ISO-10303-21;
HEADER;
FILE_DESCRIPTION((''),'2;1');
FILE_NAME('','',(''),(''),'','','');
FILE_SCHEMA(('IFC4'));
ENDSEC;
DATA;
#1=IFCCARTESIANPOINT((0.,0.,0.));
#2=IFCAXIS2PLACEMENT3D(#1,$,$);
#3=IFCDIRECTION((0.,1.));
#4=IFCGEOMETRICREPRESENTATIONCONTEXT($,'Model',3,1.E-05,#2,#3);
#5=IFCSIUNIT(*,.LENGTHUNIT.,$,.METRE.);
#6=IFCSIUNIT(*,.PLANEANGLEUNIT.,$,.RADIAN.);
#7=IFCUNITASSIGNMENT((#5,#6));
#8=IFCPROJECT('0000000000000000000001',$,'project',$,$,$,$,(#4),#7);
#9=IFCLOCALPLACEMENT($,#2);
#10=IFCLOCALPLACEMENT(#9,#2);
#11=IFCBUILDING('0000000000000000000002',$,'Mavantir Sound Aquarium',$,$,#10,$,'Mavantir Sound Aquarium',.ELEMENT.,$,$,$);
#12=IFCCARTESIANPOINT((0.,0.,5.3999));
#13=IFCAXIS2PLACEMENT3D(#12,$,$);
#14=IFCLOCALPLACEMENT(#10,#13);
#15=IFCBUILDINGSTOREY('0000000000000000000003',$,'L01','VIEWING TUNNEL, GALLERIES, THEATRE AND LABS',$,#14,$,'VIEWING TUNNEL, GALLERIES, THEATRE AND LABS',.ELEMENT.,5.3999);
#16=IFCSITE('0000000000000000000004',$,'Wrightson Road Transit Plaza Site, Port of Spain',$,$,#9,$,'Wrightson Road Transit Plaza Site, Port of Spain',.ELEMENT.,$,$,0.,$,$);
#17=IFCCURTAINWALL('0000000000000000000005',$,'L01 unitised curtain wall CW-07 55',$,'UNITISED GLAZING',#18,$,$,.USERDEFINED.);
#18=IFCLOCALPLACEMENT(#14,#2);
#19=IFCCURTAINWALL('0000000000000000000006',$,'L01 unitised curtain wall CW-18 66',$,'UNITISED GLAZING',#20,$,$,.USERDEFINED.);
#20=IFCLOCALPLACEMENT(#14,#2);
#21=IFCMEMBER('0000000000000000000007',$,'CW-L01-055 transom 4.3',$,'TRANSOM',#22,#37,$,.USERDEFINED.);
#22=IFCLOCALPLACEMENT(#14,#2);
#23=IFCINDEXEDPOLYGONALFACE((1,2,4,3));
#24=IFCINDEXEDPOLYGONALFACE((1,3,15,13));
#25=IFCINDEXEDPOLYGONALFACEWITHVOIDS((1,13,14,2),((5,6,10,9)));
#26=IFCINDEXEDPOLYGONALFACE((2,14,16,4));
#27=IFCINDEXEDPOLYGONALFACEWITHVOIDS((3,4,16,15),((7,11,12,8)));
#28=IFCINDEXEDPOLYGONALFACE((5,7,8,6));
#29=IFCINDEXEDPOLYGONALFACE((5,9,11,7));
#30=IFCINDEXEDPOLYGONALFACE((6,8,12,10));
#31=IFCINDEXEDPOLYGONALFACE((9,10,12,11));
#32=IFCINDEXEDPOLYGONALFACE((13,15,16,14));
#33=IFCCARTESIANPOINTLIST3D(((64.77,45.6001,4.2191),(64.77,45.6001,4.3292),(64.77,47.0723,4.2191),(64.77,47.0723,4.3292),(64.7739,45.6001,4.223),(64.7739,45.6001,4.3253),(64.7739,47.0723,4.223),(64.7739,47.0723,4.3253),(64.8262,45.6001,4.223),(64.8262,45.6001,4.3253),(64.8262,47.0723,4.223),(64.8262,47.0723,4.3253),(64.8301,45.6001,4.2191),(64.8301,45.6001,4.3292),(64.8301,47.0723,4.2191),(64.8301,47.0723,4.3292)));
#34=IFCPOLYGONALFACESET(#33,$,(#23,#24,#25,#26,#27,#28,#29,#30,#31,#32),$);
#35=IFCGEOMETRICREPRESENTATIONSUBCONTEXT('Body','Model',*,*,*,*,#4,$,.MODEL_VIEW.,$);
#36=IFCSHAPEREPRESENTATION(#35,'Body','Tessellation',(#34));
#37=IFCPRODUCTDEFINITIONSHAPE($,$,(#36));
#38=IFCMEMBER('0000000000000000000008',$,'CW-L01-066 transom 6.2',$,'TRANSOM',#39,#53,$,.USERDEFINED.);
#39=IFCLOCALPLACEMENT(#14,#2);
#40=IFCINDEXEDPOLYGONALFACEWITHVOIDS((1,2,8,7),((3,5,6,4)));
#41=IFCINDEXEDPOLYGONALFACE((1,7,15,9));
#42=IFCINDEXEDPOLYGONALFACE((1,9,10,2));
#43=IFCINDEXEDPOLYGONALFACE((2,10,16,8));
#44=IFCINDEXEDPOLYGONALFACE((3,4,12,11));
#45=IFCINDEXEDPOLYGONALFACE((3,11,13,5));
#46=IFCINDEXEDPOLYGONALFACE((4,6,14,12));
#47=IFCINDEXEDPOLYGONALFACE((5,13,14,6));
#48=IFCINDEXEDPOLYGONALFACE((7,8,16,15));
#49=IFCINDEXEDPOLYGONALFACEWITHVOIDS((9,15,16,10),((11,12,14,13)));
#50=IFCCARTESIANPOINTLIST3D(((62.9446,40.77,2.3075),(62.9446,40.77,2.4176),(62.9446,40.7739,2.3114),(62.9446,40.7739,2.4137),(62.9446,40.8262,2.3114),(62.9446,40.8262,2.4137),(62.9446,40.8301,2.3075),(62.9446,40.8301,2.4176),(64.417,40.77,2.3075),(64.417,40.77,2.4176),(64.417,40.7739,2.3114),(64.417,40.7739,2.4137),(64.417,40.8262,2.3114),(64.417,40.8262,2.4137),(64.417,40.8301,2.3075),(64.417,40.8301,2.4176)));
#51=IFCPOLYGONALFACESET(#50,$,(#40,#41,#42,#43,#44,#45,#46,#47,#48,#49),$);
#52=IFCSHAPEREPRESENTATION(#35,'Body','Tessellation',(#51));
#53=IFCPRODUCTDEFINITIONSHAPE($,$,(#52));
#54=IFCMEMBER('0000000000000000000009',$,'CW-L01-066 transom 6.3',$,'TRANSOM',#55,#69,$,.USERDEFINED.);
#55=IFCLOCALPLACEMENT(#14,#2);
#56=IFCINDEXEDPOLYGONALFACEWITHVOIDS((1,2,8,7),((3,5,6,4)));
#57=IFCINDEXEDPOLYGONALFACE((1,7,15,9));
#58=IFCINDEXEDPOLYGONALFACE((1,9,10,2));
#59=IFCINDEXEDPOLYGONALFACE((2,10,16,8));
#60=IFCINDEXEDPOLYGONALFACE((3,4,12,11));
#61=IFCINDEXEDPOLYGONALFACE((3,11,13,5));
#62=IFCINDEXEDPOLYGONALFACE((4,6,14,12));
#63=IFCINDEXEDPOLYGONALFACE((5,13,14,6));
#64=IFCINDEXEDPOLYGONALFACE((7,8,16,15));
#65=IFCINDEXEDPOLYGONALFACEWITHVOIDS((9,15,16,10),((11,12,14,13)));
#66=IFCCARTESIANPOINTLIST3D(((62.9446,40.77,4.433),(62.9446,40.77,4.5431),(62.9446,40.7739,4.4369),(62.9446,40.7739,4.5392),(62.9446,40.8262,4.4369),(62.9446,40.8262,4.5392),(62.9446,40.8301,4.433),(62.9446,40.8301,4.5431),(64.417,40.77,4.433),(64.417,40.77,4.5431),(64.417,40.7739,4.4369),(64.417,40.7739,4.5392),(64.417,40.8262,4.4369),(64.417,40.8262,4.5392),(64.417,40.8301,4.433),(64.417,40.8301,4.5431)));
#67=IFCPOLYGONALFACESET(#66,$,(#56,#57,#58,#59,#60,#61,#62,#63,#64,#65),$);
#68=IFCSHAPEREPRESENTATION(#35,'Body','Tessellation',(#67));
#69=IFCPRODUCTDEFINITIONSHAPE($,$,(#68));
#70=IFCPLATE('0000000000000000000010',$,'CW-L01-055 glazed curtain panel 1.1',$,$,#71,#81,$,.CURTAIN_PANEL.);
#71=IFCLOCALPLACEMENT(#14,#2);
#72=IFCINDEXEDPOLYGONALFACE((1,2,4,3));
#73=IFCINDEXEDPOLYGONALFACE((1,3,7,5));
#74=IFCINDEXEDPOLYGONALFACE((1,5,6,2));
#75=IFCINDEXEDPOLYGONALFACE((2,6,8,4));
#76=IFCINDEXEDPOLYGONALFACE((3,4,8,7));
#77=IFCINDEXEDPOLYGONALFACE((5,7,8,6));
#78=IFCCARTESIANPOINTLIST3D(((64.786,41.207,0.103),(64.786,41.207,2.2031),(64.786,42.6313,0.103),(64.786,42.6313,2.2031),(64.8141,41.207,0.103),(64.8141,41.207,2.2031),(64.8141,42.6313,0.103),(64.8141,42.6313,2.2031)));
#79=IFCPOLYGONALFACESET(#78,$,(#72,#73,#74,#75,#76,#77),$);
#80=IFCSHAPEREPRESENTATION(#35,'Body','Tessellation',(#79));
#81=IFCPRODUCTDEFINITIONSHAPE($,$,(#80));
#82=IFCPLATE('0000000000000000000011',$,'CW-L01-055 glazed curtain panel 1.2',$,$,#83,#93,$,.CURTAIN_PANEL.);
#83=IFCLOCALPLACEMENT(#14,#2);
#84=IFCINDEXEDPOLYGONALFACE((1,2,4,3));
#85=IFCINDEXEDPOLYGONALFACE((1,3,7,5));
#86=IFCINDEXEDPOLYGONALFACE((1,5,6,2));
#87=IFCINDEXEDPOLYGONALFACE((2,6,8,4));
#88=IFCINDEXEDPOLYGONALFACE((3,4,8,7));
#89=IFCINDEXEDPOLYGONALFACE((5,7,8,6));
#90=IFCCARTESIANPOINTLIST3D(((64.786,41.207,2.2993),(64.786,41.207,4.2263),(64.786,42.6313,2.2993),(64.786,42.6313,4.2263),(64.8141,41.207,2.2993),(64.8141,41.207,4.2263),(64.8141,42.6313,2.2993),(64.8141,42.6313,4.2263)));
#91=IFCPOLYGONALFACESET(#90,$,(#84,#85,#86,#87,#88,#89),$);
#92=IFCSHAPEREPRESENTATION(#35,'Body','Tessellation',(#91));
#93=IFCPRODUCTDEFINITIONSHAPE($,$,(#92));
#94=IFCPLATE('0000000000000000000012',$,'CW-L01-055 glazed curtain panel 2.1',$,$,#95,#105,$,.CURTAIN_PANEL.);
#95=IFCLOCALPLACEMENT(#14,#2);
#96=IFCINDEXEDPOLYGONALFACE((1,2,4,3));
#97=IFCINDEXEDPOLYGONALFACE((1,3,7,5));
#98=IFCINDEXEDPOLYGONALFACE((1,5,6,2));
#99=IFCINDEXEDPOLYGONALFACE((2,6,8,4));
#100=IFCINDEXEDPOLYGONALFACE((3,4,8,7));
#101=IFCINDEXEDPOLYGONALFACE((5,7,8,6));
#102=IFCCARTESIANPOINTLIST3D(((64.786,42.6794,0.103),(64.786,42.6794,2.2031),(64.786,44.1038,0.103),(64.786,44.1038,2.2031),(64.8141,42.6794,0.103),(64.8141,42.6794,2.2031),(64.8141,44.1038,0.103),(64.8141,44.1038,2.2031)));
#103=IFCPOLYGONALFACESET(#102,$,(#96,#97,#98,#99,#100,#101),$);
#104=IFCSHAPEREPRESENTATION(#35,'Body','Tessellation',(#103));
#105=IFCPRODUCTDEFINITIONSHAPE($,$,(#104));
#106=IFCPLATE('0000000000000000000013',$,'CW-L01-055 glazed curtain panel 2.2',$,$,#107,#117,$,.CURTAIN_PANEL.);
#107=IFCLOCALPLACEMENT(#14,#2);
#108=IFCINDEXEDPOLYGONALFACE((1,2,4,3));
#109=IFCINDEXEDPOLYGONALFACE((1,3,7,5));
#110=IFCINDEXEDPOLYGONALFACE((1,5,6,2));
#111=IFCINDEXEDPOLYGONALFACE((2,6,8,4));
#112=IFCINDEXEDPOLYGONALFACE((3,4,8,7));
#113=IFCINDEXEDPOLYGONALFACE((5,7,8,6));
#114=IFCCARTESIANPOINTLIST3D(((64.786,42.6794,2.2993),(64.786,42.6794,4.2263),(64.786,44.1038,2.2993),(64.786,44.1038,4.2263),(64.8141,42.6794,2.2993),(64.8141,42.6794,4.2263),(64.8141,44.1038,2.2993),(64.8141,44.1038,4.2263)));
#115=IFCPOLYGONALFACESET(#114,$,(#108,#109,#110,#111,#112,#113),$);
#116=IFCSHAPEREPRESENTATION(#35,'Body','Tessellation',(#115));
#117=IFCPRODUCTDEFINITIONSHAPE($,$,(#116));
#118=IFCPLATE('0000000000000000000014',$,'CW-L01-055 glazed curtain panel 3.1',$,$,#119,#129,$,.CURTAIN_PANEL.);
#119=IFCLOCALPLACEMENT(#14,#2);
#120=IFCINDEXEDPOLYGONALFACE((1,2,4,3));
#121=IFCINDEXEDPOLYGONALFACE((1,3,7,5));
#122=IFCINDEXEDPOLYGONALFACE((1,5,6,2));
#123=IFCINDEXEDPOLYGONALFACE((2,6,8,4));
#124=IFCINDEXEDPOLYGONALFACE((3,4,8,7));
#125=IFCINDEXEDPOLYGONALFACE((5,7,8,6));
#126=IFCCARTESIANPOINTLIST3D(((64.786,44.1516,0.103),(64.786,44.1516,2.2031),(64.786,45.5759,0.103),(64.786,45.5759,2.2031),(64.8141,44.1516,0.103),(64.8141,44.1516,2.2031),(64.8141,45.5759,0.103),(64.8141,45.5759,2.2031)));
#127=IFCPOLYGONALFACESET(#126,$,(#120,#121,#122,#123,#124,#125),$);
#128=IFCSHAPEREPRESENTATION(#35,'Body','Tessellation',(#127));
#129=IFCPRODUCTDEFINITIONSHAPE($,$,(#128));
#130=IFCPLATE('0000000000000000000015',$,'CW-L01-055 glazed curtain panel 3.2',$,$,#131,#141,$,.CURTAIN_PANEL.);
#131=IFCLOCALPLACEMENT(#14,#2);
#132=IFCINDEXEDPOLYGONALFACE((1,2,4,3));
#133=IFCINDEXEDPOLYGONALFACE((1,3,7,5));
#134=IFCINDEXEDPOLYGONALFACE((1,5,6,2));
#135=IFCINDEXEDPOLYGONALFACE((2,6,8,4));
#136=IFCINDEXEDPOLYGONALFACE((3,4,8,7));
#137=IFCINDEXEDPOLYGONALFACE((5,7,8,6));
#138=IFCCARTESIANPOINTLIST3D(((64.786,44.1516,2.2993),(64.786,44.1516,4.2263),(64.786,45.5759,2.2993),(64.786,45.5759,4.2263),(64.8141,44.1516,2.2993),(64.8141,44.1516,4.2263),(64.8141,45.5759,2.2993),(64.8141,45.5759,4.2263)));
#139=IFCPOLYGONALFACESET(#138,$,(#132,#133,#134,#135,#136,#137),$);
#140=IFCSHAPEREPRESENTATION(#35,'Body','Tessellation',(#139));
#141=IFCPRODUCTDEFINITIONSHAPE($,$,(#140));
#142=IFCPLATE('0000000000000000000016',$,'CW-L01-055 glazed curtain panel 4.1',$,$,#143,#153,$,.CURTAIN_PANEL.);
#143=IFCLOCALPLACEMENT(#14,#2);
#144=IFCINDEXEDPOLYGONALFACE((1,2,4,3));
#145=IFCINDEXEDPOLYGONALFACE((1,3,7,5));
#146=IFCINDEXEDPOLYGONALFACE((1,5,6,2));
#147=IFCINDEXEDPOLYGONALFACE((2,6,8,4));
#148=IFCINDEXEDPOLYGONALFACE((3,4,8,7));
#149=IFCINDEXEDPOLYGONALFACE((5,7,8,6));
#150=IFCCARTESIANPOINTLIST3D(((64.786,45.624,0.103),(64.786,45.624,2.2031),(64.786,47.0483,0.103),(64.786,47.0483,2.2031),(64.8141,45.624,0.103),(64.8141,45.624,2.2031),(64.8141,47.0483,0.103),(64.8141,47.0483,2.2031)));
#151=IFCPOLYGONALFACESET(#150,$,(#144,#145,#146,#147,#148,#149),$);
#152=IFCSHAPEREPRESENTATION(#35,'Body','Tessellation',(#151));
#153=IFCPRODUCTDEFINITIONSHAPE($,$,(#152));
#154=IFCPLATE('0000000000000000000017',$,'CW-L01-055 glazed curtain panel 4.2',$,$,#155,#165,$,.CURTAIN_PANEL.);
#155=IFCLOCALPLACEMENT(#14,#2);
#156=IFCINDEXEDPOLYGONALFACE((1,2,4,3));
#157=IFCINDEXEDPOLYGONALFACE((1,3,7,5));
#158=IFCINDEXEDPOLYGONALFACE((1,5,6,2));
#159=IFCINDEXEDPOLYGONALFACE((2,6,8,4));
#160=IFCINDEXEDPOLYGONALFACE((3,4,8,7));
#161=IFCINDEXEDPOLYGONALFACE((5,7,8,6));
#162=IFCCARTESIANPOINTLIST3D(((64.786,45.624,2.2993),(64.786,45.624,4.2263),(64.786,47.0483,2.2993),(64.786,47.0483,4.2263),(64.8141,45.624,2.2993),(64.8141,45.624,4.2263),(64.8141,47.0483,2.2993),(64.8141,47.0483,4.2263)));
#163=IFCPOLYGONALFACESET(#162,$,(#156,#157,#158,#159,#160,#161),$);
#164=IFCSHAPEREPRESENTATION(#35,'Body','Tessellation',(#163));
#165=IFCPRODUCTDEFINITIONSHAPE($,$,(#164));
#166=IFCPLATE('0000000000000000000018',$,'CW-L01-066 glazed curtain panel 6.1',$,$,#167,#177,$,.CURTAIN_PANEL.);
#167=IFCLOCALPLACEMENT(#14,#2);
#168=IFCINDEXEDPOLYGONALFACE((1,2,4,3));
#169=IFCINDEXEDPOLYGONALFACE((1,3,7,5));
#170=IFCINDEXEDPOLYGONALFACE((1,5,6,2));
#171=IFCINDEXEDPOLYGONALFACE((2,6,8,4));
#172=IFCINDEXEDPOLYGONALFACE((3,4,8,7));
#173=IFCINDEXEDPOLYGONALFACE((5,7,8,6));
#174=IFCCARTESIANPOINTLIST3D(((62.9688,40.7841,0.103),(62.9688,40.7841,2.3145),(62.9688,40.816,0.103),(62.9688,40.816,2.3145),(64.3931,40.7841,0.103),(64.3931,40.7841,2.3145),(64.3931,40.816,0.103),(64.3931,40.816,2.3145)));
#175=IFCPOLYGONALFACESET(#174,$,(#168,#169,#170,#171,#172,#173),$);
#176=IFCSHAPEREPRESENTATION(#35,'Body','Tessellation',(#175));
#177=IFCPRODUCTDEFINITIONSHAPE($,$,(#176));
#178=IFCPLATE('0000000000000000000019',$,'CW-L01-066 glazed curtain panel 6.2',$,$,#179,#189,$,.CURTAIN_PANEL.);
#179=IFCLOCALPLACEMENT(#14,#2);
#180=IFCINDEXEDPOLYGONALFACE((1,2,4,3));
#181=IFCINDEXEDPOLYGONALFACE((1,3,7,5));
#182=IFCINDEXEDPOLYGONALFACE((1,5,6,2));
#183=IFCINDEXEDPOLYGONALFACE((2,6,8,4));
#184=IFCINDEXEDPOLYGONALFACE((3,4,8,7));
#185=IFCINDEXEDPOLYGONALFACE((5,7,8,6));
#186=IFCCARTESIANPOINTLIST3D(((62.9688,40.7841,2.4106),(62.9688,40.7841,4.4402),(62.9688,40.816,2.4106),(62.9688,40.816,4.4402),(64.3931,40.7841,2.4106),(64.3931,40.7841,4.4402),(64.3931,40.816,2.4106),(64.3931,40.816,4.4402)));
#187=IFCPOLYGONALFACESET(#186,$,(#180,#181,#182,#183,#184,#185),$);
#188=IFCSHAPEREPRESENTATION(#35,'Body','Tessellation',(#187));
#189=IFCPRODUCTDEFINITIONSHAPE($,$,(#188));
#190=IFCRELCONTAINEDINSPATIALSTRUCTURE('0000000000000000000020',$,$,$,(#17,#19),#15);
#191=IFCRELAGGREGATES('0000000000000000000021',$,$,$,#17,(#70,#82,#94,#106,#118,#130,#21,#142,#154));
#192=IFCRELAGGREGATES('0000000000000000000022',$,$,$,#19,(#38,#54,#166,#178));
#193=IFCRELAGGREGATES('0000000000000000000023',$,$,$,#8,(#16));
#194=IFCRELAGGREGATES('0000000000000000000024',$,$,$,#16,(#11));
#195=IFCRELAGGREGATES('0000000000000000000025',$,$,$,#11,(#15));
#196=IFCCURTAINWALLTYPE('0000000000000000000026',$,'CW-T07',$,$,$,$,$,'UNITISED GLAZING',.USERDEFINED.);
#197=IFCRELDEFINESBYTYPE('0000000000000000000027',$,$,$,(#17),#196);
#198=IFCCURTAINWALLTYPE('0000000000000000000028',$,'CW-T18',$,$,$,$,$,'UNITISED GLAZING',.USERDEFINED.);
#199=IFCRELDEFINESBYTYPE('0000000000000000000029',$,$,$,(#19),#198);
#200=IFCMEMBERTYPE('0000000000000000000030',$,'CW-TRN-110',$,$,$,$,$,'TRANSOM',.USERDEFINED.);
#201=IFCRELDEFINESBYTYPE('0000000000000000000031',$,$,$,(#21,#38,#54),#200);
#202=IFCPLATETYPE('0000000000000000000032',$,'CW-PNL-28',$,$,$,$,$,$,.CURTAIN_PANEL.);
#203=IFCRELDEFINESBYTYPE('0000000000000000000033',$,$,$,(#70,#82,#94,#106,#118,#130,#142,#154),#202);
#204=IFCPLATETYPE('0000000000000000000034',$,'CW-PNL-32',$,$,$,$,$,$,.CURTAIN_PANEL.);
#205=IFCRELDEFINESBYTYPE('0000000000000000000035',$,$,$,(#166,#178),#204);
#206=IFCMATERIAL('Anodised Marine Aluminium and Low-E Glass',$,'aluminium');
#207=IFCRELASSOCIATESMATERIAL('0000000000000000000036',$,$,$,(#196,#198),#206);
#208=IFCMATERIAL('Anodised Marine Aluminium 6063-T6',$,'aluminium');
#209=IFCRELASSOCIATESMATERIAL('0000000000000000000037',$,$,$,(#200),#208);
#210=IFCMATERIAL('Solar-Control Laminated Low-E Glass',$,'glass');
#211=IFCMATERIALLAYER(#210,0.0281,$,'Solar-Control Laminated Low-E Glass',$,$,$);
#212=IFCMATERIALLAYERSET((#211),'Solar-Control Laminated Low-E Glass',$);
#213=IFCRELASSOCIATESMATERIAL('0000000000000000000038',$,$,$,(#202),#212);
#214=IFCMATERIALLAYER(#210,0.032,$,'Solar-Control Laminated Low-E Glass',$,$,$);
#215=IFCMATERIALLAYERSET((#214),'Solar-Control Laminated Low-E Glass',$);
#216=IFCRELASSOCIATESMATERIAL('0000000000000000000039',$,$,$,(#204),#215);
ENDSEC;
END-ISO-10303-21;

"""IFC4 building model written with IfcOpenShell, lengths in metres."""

from ifc_helpers import new_model, si_unit, direction, frame, origin, origin_2d, place, context, subcontext, project, spatial, rectangle, hollow_rectangle, extrude, material, layer, layer_set, material_profile, profile_set, type_object, element, aggregate, save


model = new_model("IFC4")

# Units and contexts
model_context = context("Model", 3, precision=1e-05, world=origin(), true_north=direction((0.0, 1.0)))
body_context = subcontext(model_context, "Body", "Model", "MODEL_VIEW")
ifc_project = project(units=[si_unit("LENGTHUNIT", "METRE"), si_unit("PLANEANGLEUNIT", "RADIAN")], contexts=[model_context])

# Site, building, storey
site_placement = place(None, origin())
site = spatial("IfcSite", under=ifc_project, at=site_placement, Name="Wrightson Road Transit Plaza Site, Port of Spain", LongName="Wrightson Road Transit Plaza Site, Port of Spain", CompositionType="ELEMENT", RefElevation=0.0)
building_placement = place(site_placement, origin())
building = spatial("IfcBuilding", under=site, at=building_placement, Name="Mavantir Sound Aquarium", LongName="Mavantir Sound Aquarium", CompositionType="ELEMENT")
storey_placement = place(building_placement, frame((0.0, 0.0, 5.3999)))
storey = spatial("IfcBuildingStorey", under=building, at=storey_placement, Name="L01", Description="VIEWING TUNNEL, GALLERIES, THEATRE AND LABS", LongName="VIEWING TUNNEL, GALLERIES, THEATRE AND LABS", CompositionType="ELEMENT", Elevation=5.3999)

# Curtain wall
ifc_material_1 = material(Name="Anodised Marine Aluminium and Low-E Glass", Category="aluminium")
curtain_wall_type_1 = type_object("IfcCurtainWallType", Name="CW-T07", ElementType="UNITISED GLAZING", PredefinedType="USERDEFINED", material=ifc_material_1)
curtain_wall_1_placement = place(storey_placement, origin())
curtain_wall_1 = element("IfcCurtainWall", 1, at=curtain_wall_1_placement, inside=storey, type_object=curtain_wall_type_1, Name="L01 unitised curtain wall CW-07 55", ObjectType="UNITISED GLAZING", PredefinedType="USERDEFINED")
ifc_material_2 = material(Name="Anodised Marine Aluminium 6063-T6", Category="aluminium")

# Curtain wall
curtain_wall_type_2 = type_object("IfcCurtainWallType", Name="CW-T18", ElementType="UNITISED GLAZING", PredefinedType="USERDEFINED", material=ifc_material_1)
curtain_wall_2_placement = place(storey_placement, origin())
curtain_wall_2 = element("IfcCurtainWall", 2, at=curtain_wall_2_placement, inside=storey, type_object=curtain_wall_type_2, Name="L01 unitised curtain wall CW-18 66", ObjectType="UNITISED GLAZING", PredefinedType="USERDEFINED")

# Members
ifc_material_profile_1 = material_profile(ifc_material_2, hollow_rectangle(XDim=0.0601, YDim=0.1101, WallThickness=0.0039, at=origin_2d()), Name="ALU-TRANSOM-110X60")
ifc_profile_set_1 = profile_set([ifc_material_profile_1], Name="Anodised Marine Aluminium 6063-T6")
member_type_1 = type_object("IfcMemberType", Name="CW-TRN-110", ElementType="TRANSOM", PredefinedType="USERDEFINED", material=ifc_profile_set_1)
member_1_placement = place(storey_placement, frame((64.8, 45.6001, 4.2742), z_axis=(0.0, 1.0, 0.0), x_axis=(-1.0, 0.0, 0.0)))
member_1 = element("IfcMember", 3, at=member_1_placement, type_object=member_type_1, Name="CW-L01-055 transom 4.3", ObjectType="TRANSOM", PredefinedType="USERDEFINED", context=body_context, shape_type="SweptSolid", body=[
    extrude(hollow_rectangle(XDim=0.0601, YDim=0.1101, WallThickness=0.0039, at=origin_2d()), origin(), (0.0, 0.0, 1.0), 1.4722),
])
member_2_placement = place(storey_placement, frame((62.9446, 40.8, 2.3625), z_axis=(1.0, 0.0, 0.0), x_axis=(0.0, 1.0, 0.0)))
member_2 = element("IfcMember", 4, at=member_2_placement, type_object=member_type_1, Name="CW-L01-066 transom 6.2", ObjectType="TRANSOM", PredefinedType="USERDEFINED", context=body_context, shape_type="SweptSolid", body=[
    extrude(hollow_rectangle(XDim=0.0601, YDim=0.1101, WallThickness=0.0039, at=origin_2d()), origin(), (0.0, 0.0, 1.0), 1.4724),
])
member_3_placement = place(storey_placement, frame((62.9446, 40.8, 4.488), z_axis=(1.0, 0.0, 0.0), x_axis=(0.0, 1.0, 0.0)))
member_3 = element("IfcMember", 5, at=member_3_placement, type_object=member_type_1, Name="CW-L01-066 transom 6.3", ObjectType="TRANSOM", PredefinedType="USERDEFINED", context=body_context, shape_type="SweptSolid", body=[
    extrude(hollow_rectangle(XDim=0.0601, YDim=0.1101, WallThickness=0.0039, at=origin_2d()), origin(), (0.0, 0.0, 1.0), 1.4724),
])

# Plates
ifc_material_3 = material(Name="Solar-Control Laminated Low-E Glass", Category="glass")
ifc_layer_1 = layer(ifc_material_3, 0.0281, Name="Solar-Control Laminated Low-E Glass")
ifc_layer_set_1 = layer_set([ifc_layer_1], Name="Solar-Control Laminated Low-E Glass")
plate_type_1 = type_object("IfcPlateType", Name="CW-PNL-28", PredefinedType="CURTAIN_PANEL", material=ifc_layer_set_1)
plate_1_placement = place(storey_placement, frame((64.8, 41.9192, 0.103), z_axis=(0.0, 0.0, 1.0), x_axis=(0.0, 1.0, 0.0)))
plate_1 = element("IfcPlate", 6, at=plate_1_placement, type_object=plate_type_1, Name="CW-L01-055 glazed curtain panel 1.1", PredefinedType="CURTAIN_PANEL", context=body_context, shape_type="SweptSolid", body=[
    extrude(rectangle(XDim=1.4243, YDim=0.0281, at=origin_2d()), origin(), (0.0, 0.0, 1.0), 2.1001),
])
plate_2_placement = place(storey_placement, frame((64.8, 41.9192, 2.2993), z_axis=(0.0, 0.0, 1.0), x_axis=(0.0, 1.0, 0.0)))
plate_2 = element("IfcPlate", 7, at=plate_2_placement, type_object=plate_type_1, Name="CW-L01-055 glazed curtain panel 1.2", PredefinedType="CURTAIN_PANEL", context=body_context, shape_type="SweptSolid", body=[
    extrude(rectangle(XDim=1.4243, YDim=0.0281, at=origin_2d()), origin(), (0.0, 0.0, 1.0), 1.927),
])
plate_3_placement = place(storey_placement, frame((64.8, 43.3916, 0.103), z_axis=(0.0, 0.0, 1.0), x_axis=(0.0, 1.0, 0.0)))
plate_3 = element("IfcPlate", 8, at=plate_3_placement, type_object=plate_type_1, Name="CW-L01-055 glazed curtain panel 2.1", PredefinedType="CURTAIN_PANEL", context=body_context, shape_type="SweptSolid", body=[
    extrude(rectangle(XDim=1.4243, YDim=0.0281, at=origin_2d()), origin(), (0.0, 0.0, 1.0), 2.1001),
])
plate_4_placement = place(storey_placement, frame((64.8, 43.3916, 2.2993), z_axis=(0.0, 0.0, 1.0), x_axis=(0.0, 1.0, 0.0)))
plate_4 = element("IfcPlate", 9, at=plate_4_placement, type_object=plate_type_1, Name="CW-L01-055 glazed curtain panel 2.2", PredefinedType="CURTAIN_PANEL", context=body_context, shape_type="SweptSolid", body=[
    extrude(rectangle(XDim=1.4243, YDim=0.0281, at=origin_2d()), origin(), (0.0, 0.0, 1.0), 1.927),
])
plate_5_placement = place(storey_placement, frame((64.8, 44.8638, 0.103), z_axis=(0.0, 0.0, 1.0), x_axis=(0.0, 1.0, 0.0)))
plate_5 = element("IfcPlate", 10, at=plate_5_placement, type_object=plate_type_1, Name="CW-L01-055 glazed curtain panel 3.1", PredefinedType="CURTAIN_PANEL", context=body_context, shape_type="SweptSolid", body=[
    extrude(rectangle(XDim=1.4243, YDim=0.0281, at=origin_2d()), origin(), (0.0, 0.0, 1.0), 2.1001),
])
plate_6_placement = place(storey_placement, frame((64.8, 44.8638, 2.2993), z_axis=(0.0, 0.0, 1.0), x_axis=(0.0, 1.0, 0.0)))
plate_6 = element("IfcPlate", 11, at=plate_6_placement, type_object=plate_type_1, Name="CW-L01-055 glazed curtain panel 3.2", PredefinedType="CURTAIN_PANEL", context=body_context, shape_type="SweptSolid", body=[
    extrude(rectangle(XDim=1.4243, YDim=0.0281, at=origin_2d()), origin(), (0.0, 0.0, 1.0), 1.927),
])
plate_7_placement = place(storey_placement, frame((64.8, 46.3362, 0.103), z_axis=(0.0, 0.0, 1.0), x_axis=(0.0, 1.0, 0.0)))
plate_7 = element("IfcPlate", 12, at=plate_7_placement, type_object=plate_type_1, Name="CW-L01-055 glazed curtain panel 4.1", PredefinedType="CURTAIN_PANEL", context=body_context, shape_type="SweptSolid", body=[
    extrude(rectangle(XDim=1.4243, YDim=0.0281, at=origin_2d()), origin(), (0.0, 0.0, 1.0), 2.1001),
])
plate_8_placement = place(storey_placement, frame((64.8, 46.3362, 2.2993), z_axis=(0.0, 0.0, 1.0), x_axis=(0.0, 1.0, 0.0)))
plate_8 = element("IfcPlate", 13, at=plate_8_placement, type_object=plate_type_1, Name="CW-L01-055 glazed curtain panel 4.2", PredefinedType="CURTAIN_PANEL", context=body_context, shape_type="SweptSolid", body=[
    extrude(rectangle(XDim=1.4243, YDim=0.0281, at=origin_2d()), origin(), (0.0, 0.0, 1.0), 1.927),
])
aggregate(curtain_wall_1, [plate_1, plate_2, plate_3, plate_4, plate_5, plate_6, member_1, plate_7, plate_8])
ifc_layer_2 = layer(ifc_material_3, 0.032, Name="Solar-Control Laminated Low-E Glass")
ifc_layer_set_2 = layer_set([ifc_layer_2], Name="Solar-Control Laminated Low-E Glass")
plate_type_2 = type_object("IfcPlateType", Name="CW-PNL-32", PredefinedType="CURTAIN_PANEL", material=ifc_layer_set_2)
plate_9_placement = place(storey_placement, frame((63.6809, 40.8, 0.103), z_axis=(0.0, 0.0, 1.0), x_axis=(1.0, 0.0, 0.0)))
plate_9 = element("IfcPlate", 14, at=plate_9_placement, type_object=plate_type_2, Name="CW-L01-066 glazed curtain panel 6.1", PredefinedType="CURTAIN_PANEL", context=body_context, shape_type="SweptSolid", body=[
    extrude(rectangle(XDim=1.4243, YDim=0.032, at=origin_2d()), origin(), (0.0, 0.0, 1.0), 2.2114),
])
plate_10_placement = place(storey_placement, frame((63.6809, 40.8, 2.4106), z_axis=(0.0, 0.0, 1.0), x_axis=(1.0, 0.0, 0.0)))
plate_10 = element("IfcPlate", 15, at=plate_10_placement, type_object=plate_type_2, Name="CW-L01-066 glazed curtain panel 6.2", PredefinedType="CURTAIN_PANEL", context=body_context, shape_type="SweptSolid", body=[
    extrude(rectangle(XDim=1.4243, YDim=0.032, at=origin_2d()), origin(), (0.0, 0.0, 1.0), 2.0295),
])
aggregate(curtain_wall_2, [member_2, member_3, plate_9, plate_10])

save(model, "model.ifc")
